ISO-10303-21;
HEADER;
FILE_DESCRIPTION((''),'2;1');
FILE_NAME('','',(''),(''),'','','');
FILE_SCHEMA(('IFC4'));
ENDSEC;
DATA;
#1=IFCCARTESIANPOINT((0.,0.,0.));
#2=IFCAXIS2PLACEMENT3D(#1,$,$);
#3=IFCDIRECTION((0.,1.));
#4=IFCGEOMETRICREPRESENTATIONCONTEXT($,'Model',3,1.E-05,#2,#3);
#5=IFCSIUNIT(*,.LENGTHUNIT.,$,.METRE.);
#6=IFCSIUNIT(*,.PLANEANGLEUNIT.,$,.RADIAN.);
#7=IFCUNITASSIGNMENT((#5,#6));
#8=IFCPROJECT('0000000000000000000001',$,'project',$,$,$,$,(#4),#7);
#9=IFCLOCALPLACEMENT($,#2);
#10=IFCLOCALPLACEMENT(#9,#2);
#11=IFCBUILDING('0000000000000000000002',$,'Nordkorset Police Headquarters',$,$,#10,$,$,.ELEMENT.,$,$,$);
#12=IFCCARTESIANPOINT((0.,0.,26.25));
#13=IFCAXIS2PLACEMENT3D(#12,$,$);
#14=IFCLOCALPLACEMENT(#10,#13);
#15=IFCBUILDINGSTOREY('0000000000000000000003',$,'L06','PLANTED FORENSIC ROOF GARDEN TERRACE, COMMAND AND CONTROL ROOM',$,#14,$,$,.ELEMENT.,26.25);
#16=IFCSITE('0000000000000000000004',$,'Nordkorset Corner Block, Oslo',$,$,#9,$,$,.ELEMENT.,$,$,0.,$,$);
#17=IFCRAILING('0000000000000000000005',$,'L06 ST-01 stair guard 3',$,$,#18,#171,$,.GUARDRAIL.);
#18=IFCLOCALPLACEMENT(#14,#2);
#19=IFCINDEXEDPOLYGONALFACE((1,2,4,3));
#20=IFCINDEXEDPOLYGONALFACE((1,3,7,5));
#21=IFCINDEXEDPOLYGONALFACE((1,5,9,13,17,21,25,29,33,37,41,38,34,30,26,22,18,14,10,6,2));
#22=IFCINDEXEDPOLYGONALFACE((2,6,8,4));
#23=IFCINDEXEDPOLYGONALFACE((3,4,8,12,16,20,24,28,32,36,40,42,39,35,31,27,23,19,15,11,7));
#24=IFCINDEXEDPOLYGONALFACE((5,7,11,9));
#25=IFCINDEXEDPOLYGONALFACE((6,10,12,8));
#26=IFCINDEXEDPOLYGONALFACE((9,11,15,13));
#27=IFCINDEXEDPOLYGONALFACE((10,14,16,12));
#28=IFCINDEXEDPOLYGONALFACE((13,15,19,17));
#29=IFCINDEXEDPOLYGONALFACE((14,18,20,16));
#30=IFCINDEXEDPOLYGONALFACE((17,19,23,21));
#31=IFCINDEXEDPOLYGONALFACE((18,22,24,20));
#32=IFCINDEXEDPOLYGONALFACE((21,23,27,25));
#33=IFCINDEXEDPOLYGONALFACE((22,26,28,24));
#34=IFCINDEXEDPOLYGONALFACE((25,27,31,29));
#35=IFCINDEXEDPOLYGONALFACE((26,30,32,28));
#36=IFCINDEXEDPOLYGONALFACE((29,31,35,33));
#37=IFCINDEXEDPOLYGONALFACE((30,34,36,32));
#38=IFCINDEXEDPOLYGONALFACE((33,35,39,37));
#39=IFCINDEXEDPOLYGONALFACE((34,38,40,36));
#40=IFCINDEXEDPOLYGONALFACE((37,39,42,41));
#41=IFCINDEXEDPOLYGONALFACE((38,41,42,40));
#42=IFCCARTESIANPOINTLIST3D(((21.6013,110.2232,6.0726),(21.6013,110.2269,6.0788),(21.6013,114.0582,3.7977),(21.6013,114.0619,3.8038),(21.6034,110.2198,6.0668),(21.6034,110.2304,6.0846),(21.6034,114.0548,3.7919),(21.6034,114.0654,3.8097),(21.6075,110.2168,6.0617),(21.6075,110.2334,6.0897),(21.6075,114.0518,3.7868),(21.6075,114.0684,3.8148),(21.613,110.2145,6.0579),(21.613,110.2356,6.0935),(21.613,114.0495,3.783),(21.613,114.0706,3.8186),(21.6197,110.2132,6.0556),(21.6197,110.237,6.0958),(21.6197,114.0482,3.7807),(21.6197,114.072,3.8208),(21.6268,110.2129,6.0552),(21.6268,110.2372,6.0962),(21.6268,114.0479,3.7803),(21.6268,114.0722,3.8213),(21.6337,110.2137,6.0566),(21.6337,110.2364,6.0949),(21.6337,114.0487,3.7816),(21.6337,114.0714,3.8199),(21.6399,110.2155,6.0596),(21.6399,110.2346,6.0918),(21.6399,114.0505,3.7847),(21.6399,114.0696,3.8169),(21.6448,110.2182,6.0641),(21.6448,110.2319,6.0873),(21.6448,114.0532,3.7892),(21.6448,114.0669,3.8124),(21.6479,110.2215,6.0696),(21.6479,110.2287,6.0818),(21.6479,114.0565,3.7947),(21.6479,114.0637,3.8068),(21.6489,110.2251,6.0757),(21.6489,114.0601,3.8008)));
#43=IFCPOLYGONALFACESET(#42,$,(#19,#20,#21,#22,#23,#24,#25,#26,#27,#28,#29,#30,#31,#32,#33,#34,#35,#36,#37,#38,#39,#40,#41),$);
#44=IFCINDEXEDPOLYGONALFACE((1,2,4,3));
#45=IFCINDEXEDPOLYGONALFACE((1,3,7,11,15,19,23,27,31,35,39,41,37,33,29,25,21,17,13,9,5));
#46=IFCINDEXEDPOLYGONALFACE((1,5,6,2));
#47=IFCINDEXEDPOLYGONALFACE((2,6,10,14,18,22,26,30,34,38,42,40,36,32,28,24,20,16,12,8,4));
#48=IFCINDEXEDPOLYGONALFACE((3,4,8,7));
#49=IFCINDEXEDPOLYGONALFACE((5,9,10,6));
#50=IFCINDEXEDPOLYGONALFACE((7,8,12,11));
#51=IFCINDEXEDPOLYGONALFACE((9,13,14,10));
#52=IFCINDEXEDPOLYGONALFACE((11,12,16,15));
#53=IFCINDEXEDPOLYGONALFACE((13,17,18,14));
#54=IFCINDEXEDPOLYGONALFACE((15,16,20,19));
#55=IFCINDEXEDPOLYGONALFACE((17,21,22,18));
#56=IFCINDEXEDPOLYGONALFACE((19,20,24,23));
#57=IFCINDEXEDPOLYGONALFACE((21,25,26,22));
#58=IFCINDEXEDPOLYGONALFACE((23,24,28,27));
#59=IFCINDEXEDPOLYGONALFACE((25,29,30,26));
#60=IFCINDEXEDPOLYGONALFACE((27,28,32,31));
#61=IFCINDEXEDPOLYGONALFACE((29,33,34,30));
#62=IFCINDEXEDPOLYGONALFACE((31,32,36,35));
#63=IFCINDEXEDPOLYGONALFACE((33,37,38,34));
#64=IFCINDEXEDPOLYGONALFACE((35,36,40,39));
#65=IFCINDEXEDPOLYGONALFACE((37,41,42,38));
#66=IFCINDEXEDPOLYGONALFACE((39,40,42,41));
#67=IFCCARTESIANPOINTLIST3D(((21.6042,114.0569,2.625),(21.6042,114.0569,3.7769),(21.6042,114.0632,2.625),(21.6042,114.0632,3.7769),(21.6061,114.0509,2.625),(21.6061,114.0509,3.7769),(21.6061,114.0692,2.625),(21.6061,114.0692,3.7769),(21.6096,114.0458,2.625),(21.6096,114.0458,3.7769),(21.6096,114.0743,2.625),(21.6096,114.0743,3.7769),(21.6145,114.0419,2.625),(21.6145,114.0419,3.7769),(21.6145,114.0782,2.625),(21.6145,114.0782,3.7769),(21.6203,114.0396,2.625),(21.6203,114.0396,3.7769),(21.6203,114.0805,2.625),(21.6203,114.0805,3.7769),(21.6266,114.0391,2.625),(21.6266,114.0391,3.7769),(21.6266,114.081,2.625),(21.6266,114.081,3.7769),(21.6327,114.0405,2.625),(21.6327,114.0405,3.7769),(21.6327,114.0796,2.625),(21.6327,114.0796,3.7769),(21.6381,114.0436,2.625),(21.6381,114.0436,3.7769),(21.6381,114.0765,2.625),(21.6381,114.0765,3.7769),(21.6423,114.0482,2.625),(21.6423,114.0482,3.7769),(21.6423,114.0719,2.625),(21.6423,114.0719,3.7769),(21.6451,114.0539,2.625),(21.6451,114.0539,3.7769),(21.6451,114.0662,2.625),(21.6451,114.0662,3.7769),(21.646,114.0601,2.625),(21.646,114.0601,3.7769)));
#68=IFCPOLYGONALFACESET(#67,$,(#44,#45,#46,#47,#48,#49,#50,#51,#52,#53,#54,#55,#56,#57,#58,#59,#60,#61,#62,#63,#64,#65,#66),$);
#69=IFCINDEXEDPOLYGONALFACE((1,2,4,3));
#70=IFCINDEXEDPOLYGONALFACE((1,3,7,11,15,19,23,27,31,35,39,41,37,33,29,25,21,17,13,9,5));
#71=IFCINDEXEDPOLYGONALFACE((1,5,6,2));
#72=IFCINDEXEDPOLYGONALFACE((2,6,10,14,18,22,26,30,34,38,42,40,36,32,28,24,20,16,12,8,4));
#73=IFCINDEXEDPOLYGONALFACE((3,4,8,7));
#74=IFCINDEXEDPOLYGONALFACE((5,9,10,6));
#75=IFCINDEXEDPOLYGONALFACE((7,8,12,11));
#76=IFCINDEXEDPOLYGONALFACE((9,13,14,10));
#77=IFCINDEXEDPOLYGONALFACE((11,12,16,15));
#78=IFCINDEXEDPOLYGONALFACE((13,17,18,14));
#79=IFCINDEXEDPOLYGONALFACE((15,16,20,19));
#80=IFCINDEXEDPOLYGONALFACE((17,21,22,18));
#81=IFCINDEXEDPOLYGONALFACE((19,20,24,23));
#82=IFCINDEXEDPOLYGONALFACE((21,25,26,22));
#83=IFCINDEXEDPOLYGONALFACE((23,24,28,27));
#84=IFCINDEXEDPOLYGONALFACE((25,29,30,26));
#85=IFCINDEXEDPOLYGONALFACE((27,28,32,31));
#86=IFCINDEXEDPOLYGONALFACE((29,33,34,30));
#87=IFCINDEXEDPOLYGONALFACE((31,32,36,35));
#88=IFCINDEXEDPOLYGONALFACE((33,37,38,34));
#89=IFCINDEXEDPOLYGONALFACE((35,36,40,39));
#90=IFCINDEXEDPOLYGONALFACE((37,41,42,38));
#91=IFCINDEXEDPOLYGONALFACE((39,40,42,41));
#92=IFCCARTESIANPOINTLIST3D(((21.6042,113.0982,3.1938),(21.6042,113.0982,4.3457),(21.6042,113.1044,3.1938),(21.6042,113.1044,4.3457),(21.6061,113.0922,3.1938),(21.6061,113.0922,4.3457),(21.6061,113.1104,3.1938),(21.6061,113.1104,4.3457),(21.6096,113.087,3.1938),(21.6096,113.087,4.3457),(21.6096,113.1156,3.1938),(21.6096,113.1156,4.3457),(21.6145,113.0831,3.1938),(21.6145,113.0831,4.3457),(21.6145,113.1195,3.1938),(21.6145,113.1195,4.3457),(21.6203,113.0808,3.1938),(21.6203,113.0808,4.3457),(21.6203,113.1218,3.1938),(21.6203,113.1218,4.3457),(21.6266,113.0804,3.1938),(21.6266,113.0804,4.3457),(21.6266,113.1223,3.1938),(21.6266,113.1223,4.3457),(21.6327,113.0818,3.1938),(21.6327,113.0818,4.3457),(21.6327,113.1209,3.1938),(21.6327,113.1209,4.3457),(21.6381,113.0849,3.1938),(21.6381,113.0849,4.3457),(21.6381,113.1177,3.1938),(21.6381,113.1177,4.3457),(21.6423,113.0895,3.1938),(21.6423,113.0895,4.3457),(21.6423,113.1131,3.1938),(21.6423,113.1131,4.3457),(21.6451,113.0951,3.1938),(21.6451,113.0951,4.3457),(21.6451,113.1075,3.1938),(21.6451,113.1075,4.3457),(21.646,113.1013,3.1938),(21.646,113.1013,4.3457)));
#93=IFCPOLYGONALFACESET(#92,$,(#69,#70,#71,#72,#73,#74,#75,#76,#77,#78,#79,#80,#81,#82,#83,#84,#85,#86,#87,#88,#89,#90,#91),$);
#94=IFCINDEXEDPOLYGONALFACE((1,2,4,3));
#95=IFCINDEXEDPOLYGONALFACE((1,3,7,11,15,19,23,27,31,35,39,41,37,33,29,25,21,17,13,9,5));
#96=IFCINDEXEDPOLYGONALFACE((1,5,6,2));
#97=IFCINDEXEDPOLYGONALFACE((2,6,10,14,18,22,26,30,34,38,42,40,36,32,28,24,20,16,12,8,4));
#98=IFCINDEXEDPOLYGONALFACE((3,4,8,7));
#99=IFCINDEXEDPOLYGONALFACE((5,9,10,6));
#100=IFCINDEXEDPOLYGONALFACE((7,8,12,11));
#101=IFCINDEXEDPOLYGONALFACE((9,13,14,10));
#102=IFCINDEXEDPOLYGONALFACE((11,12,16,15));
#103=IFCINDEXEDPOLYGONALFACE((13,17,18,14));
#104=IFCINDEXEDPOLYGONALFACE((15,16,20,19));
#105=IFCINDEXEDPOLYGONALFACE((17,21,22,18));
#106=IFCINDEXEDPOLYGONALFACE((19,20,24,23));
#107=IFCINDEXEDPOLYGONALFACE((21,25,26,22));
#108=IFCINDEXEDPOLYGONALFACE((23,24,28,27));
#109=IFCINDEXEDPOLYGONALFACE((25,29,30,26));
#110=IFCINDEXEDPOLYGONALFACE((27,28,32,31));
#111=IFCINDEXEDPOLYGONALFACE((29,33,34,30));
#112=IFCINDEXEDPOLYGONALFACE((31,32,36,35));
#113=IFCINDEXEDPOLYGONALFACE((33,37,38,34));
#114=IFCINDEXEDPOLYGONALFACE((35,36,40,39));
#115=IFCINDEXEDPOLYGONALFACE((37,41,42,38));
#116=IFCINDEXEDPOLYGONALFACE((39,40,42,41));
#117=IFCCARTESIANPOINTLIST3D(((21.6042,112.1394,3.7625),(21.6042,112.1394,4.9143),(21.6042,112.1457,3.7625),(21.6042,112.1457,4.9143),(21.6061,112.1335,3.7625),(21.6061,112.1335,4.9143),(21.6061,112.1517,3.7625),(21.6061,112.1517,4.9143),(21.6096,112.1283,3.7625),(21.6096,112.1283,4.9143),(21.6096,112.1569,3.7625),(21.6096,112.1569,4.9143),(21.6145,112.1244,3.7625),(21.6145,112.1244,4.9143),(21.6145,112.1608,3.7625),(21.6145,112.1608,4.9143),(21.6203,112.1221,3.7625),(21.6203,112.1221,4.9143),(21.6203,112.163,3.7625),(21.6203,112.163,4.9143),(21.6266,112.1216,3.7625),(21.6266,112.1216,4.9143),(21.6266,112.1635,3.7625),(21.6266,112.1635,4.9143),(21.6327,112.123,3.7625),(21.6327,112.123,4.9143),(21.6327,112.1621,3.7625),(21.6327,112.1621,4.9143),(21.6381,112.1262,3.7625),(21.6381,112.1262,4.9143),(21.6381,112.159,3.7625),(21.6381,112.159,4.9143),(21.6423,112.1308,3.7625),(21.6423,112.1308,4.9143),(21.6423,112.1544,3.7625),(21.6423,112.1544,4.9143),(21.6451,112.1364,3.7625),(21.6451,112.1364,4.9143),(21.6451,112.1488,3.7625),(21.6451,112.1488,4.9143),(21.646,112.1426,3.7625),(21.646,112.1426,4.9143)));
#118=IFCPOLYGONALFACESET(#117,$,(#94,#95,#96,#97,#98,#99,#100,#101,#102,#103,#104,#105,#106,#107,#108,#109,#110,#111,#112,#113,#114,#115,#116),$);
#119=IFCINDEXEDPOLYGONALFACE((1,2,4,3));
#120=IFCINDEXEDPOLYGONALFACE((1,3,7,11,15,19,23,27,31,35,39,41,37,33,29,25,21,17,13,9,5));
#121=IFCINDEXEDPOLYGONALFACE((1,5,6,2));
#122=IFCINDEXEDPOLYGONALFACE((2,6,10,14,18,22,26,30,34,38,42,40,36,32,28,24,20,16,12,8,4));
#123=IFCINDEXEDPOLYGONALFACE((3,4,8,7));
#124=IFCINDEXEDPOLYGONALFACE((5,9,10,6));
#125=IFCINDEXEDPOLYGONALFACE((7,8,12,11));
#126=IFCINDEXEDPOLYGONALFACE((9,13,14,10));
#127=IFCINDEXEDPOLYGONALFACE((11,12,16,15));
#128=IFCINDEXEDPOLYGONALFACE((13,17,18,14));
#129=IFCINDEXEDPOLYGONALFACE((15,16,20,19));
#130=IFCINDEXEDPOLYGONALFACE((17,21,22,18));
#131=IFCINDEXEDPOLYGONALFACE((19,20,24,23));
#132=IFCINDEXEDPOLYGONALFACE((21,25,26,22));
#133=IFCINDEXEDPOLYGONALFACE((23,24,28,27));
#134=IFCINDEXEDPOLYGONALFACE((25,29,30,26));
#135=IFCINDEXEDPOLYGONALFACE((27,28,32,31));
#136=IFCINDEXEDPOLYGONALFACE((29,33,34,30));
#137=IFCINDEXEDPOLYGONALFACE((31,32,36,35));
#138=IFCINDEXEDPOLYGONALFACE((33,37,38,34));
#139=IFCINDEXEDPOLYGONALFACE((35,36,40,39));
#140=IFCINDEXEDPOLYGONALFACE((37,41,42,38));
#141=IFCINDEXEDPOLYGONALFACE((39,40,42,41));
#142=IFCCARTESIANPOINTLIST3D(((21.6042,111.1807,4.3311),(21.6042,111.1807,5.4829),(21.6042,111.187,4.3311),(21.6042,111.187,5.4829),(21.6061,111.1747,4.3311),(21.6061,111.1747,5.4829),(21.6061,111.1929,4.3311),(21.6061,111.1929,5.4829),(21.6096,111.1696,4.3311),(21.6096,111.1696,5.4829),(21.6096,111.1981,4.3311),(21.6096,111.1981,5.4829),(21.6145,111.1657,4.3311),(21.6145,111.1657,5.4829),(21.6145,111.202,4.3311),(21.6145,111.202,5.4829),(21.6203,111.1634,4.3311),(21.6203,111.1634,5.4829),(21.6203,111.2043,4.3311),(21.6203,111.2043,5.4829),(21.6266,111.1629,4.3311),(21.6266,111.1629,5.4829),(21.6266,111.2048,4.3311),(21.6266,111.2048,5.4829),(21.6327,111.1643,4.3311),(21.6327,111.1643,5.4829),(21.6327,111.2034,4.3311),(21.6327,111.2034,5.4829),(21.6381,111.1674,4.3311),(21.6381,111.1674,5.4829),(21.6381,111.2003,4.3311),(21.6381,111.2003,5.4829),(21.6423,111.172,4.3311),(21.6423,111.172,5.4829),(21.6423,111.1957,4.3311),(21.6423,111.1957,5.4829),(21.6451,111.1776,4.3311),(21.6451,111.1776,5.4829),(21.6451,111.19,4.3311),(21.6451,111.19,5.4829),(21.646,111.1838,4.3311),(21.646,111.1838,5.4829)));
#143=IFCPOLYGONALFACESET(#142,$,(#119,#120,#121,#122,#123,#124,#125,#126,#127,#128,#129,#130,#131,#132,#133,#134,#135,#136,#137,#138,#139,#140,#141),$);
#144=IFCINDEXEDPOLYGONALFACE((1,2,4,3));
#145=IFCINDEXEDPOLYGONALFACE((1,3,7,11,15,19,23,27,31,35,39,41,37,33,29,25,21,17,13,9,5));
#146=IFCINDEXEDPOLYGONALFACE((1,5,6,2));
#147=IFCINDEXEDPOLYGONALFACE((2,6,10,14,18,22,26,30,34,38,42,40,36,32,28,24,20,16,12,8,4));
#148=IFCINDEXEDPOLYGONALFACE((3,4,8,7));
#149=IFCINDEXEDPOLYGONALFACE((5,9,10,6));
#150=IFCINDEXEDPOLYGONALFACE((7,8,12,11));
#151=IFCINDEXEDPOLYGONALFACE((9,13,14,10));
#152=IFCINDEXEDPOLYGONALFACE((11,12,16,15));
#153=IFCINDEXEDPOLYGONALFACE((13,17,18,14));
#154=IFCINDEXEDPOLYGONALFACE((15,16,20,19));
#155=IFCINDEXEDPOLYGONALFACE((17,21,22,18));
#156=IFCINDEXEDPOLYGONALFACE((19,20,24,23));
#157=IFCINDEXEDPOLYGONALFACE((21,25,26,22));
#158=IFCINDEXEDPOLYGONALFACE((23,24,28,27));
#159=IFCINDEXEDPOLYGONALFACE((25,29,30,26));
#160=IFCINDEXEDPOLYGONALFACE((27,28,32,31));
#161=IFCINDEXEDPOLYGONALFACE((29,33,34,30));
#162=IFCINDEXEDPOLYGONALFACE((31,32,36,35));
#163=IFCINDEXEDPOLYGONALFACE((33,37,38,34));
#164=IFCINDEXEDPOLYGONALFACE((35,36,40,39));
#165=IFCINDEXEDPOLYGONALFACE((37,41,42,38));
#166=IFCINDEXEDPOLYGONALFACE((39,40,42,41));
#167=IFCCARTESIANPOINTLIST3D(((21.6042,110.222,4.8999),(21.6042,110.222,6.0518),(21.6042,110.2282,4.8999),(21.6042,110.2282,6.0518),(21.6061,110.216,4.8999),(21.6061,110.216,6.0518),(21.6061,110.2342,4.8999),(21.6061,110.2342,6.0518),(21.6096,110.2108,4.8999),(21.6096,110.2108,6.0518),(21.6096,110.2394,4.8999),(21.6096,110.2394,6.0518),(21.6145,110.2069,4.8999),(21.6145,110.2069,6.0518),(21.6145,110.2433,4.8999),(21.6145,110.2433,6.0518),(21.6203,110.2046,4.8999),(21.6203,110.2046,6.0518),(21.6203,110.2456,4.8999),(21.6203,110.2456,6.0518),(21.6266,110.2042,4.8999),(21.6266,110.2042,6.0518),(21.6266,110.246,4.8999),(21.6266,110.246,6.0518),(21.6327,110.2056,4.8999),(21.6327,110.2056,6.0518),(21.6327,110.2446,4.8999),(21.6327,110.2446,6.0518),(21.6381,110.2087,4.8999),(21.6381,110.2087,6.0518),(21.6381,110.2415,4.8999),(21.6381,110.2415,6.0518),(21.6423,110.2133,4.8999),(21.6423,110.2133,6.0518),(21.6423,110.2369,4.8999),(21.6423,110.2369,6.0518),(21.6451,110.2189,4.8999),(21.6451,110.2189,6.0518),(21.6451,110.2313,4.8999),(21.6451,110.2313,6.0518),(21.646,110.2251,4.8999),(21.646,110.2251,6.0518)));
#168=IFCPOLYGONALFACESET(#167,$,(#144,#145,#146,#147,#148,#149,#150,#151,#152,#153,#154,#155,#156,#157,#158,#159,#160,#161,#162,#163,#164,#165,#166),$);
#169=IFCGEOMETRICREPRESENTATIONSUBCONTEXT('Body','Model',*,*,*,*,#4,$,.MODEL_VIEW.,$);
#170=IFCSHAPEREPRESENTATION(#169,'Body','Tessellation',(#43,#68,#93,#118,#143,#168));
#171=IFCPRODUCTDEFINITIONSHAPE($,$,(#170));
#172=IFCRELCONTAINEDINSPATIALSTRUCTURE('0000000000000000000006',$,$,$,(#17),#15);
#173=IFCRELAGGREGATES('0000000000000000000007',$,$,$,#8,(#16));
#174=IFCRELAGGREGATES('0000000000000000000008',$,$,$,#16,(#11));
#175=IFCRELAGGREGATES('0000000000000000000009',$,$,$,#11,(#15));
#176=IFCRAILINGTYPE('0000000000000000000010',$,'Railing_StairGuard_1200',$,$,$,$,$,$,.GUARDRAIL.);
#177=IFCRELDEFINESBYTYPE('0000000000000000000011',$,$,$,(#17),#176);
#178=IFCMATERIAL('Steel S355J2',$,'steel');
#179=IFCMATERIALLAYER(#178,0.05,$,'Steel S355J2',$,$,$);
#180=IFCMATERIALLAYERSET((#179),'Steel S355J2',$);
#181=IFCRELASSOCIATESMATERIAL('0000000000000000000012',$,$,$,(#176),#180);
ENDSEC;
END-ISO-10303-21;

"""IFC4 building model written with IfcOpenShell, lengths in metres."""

from ifc_helpers import new_model, si_unit, direction, frame, origin, origin_2d, place, context, subcontext, project, spatial, circle, extrude, material, layer, layer_set, type_object, element, save


model = new_model("IFC4")

# Units and contexts
model_context = context("Model", 3, precision=1e-05, world=origin(), true_north=direction((0.0, 1.0)))
body_context = subcontext(model_context, "Body", "Model", "MODEL_VIEW")
ifc_project = project(units=[si_unit("LENGTHUNIT", "METRE"), si_unit("PLANEANGLEUNIT", "RADIAN")], contexts=[model_context])

# Site, building, storey
site_placement = place(None, origin())
site = spatial("IfcSite", under=ifc_project, at=site_placement, Name="Nordkorset Corner Block, Oslo", CompositionType="ELEMENT", RefElevation=0.0)
building_placement = place(site_placement, origin())
building = spatial("IfcBuilding", under=site, at=building_placement, Name="Nordkorset Police Headquarters", CompositionType="ELEMENT")
storey_placement = place(building_placement, frame((0.0, 0.0, 26.25)))
storey = spatial("IfcBuildingStorey", under=building, at=storey_placement, Name="L06", Description="PLANTED FORENSIC ROOF GARDEN TERRACE, COMMAND AND CONTROL ROOM", CompositionType="ELEMENT", Elevation=26.25)

# Railing
ifc_material_1 = material(Name="Steel S355J2", Category="steel")
ifc_layer_1 = layer(ifc_material_1, 0.05, Name="Steel S355J2")
ifc_layer_set_1 = layer_set([ifc_layer_1], Name="Steel S355J2")
railing_type_1 = type_object("IfcRailingType", Name="Railing_StairGuard_1200", PredefinedType="GUARDRAIL", material=ifc_layer_set_1)
railing_1_placement = place(storey_placement, frame((21.625, 114.0601, 2.625)))
element("IfcRailing", 1, at=railing_1_placement, inside=storey, type_object=railing_type_1, Name="L06 ST-01 stair guard 3", PredefinedType="GUARDRAIL", context=body_context, shape_type="SweptSolid", body=[
    extrude(circle(Radius=0.0239, at=origin_2d()), frame((0.0, 0.0, 1.1758), z_axis=(0.0, -0.860062, 0.51019), x_axis=(1.0, 0.0, 0.0)), (0.0, 0.0, 1.0), 4.459),
    extrude(circle(Radius=0.021, at=origin_2d()), origin(), (0.0, 0.0, 1.0), 1.1519),
    extrude(circle(Radius=0.021, at=origin_2d()), frame((0.0, -0.9587, 0.5688)), (0.0, 0.0, 1.0), 1.1519),
    extrude(circle(Radius=0.021, at=origin_2d()), frame((0.0, -1.9175, 1.1375)), (0.0, 0.0, 1.0), 1.1519),
    extrude(circle(Radius=0.021, at=origin_2d()), frame((0.0, -2.8762, 1.7061)), (0.0, 0.0, 1.0), 1.1519),
    extrude(circle(Radius=0.021, at=origin_2d()), frame((0.0, -3.835, 2.2749)), (0.0, 0.0, 1.0), 1.1519),
])

save(model, "model.ifc")
